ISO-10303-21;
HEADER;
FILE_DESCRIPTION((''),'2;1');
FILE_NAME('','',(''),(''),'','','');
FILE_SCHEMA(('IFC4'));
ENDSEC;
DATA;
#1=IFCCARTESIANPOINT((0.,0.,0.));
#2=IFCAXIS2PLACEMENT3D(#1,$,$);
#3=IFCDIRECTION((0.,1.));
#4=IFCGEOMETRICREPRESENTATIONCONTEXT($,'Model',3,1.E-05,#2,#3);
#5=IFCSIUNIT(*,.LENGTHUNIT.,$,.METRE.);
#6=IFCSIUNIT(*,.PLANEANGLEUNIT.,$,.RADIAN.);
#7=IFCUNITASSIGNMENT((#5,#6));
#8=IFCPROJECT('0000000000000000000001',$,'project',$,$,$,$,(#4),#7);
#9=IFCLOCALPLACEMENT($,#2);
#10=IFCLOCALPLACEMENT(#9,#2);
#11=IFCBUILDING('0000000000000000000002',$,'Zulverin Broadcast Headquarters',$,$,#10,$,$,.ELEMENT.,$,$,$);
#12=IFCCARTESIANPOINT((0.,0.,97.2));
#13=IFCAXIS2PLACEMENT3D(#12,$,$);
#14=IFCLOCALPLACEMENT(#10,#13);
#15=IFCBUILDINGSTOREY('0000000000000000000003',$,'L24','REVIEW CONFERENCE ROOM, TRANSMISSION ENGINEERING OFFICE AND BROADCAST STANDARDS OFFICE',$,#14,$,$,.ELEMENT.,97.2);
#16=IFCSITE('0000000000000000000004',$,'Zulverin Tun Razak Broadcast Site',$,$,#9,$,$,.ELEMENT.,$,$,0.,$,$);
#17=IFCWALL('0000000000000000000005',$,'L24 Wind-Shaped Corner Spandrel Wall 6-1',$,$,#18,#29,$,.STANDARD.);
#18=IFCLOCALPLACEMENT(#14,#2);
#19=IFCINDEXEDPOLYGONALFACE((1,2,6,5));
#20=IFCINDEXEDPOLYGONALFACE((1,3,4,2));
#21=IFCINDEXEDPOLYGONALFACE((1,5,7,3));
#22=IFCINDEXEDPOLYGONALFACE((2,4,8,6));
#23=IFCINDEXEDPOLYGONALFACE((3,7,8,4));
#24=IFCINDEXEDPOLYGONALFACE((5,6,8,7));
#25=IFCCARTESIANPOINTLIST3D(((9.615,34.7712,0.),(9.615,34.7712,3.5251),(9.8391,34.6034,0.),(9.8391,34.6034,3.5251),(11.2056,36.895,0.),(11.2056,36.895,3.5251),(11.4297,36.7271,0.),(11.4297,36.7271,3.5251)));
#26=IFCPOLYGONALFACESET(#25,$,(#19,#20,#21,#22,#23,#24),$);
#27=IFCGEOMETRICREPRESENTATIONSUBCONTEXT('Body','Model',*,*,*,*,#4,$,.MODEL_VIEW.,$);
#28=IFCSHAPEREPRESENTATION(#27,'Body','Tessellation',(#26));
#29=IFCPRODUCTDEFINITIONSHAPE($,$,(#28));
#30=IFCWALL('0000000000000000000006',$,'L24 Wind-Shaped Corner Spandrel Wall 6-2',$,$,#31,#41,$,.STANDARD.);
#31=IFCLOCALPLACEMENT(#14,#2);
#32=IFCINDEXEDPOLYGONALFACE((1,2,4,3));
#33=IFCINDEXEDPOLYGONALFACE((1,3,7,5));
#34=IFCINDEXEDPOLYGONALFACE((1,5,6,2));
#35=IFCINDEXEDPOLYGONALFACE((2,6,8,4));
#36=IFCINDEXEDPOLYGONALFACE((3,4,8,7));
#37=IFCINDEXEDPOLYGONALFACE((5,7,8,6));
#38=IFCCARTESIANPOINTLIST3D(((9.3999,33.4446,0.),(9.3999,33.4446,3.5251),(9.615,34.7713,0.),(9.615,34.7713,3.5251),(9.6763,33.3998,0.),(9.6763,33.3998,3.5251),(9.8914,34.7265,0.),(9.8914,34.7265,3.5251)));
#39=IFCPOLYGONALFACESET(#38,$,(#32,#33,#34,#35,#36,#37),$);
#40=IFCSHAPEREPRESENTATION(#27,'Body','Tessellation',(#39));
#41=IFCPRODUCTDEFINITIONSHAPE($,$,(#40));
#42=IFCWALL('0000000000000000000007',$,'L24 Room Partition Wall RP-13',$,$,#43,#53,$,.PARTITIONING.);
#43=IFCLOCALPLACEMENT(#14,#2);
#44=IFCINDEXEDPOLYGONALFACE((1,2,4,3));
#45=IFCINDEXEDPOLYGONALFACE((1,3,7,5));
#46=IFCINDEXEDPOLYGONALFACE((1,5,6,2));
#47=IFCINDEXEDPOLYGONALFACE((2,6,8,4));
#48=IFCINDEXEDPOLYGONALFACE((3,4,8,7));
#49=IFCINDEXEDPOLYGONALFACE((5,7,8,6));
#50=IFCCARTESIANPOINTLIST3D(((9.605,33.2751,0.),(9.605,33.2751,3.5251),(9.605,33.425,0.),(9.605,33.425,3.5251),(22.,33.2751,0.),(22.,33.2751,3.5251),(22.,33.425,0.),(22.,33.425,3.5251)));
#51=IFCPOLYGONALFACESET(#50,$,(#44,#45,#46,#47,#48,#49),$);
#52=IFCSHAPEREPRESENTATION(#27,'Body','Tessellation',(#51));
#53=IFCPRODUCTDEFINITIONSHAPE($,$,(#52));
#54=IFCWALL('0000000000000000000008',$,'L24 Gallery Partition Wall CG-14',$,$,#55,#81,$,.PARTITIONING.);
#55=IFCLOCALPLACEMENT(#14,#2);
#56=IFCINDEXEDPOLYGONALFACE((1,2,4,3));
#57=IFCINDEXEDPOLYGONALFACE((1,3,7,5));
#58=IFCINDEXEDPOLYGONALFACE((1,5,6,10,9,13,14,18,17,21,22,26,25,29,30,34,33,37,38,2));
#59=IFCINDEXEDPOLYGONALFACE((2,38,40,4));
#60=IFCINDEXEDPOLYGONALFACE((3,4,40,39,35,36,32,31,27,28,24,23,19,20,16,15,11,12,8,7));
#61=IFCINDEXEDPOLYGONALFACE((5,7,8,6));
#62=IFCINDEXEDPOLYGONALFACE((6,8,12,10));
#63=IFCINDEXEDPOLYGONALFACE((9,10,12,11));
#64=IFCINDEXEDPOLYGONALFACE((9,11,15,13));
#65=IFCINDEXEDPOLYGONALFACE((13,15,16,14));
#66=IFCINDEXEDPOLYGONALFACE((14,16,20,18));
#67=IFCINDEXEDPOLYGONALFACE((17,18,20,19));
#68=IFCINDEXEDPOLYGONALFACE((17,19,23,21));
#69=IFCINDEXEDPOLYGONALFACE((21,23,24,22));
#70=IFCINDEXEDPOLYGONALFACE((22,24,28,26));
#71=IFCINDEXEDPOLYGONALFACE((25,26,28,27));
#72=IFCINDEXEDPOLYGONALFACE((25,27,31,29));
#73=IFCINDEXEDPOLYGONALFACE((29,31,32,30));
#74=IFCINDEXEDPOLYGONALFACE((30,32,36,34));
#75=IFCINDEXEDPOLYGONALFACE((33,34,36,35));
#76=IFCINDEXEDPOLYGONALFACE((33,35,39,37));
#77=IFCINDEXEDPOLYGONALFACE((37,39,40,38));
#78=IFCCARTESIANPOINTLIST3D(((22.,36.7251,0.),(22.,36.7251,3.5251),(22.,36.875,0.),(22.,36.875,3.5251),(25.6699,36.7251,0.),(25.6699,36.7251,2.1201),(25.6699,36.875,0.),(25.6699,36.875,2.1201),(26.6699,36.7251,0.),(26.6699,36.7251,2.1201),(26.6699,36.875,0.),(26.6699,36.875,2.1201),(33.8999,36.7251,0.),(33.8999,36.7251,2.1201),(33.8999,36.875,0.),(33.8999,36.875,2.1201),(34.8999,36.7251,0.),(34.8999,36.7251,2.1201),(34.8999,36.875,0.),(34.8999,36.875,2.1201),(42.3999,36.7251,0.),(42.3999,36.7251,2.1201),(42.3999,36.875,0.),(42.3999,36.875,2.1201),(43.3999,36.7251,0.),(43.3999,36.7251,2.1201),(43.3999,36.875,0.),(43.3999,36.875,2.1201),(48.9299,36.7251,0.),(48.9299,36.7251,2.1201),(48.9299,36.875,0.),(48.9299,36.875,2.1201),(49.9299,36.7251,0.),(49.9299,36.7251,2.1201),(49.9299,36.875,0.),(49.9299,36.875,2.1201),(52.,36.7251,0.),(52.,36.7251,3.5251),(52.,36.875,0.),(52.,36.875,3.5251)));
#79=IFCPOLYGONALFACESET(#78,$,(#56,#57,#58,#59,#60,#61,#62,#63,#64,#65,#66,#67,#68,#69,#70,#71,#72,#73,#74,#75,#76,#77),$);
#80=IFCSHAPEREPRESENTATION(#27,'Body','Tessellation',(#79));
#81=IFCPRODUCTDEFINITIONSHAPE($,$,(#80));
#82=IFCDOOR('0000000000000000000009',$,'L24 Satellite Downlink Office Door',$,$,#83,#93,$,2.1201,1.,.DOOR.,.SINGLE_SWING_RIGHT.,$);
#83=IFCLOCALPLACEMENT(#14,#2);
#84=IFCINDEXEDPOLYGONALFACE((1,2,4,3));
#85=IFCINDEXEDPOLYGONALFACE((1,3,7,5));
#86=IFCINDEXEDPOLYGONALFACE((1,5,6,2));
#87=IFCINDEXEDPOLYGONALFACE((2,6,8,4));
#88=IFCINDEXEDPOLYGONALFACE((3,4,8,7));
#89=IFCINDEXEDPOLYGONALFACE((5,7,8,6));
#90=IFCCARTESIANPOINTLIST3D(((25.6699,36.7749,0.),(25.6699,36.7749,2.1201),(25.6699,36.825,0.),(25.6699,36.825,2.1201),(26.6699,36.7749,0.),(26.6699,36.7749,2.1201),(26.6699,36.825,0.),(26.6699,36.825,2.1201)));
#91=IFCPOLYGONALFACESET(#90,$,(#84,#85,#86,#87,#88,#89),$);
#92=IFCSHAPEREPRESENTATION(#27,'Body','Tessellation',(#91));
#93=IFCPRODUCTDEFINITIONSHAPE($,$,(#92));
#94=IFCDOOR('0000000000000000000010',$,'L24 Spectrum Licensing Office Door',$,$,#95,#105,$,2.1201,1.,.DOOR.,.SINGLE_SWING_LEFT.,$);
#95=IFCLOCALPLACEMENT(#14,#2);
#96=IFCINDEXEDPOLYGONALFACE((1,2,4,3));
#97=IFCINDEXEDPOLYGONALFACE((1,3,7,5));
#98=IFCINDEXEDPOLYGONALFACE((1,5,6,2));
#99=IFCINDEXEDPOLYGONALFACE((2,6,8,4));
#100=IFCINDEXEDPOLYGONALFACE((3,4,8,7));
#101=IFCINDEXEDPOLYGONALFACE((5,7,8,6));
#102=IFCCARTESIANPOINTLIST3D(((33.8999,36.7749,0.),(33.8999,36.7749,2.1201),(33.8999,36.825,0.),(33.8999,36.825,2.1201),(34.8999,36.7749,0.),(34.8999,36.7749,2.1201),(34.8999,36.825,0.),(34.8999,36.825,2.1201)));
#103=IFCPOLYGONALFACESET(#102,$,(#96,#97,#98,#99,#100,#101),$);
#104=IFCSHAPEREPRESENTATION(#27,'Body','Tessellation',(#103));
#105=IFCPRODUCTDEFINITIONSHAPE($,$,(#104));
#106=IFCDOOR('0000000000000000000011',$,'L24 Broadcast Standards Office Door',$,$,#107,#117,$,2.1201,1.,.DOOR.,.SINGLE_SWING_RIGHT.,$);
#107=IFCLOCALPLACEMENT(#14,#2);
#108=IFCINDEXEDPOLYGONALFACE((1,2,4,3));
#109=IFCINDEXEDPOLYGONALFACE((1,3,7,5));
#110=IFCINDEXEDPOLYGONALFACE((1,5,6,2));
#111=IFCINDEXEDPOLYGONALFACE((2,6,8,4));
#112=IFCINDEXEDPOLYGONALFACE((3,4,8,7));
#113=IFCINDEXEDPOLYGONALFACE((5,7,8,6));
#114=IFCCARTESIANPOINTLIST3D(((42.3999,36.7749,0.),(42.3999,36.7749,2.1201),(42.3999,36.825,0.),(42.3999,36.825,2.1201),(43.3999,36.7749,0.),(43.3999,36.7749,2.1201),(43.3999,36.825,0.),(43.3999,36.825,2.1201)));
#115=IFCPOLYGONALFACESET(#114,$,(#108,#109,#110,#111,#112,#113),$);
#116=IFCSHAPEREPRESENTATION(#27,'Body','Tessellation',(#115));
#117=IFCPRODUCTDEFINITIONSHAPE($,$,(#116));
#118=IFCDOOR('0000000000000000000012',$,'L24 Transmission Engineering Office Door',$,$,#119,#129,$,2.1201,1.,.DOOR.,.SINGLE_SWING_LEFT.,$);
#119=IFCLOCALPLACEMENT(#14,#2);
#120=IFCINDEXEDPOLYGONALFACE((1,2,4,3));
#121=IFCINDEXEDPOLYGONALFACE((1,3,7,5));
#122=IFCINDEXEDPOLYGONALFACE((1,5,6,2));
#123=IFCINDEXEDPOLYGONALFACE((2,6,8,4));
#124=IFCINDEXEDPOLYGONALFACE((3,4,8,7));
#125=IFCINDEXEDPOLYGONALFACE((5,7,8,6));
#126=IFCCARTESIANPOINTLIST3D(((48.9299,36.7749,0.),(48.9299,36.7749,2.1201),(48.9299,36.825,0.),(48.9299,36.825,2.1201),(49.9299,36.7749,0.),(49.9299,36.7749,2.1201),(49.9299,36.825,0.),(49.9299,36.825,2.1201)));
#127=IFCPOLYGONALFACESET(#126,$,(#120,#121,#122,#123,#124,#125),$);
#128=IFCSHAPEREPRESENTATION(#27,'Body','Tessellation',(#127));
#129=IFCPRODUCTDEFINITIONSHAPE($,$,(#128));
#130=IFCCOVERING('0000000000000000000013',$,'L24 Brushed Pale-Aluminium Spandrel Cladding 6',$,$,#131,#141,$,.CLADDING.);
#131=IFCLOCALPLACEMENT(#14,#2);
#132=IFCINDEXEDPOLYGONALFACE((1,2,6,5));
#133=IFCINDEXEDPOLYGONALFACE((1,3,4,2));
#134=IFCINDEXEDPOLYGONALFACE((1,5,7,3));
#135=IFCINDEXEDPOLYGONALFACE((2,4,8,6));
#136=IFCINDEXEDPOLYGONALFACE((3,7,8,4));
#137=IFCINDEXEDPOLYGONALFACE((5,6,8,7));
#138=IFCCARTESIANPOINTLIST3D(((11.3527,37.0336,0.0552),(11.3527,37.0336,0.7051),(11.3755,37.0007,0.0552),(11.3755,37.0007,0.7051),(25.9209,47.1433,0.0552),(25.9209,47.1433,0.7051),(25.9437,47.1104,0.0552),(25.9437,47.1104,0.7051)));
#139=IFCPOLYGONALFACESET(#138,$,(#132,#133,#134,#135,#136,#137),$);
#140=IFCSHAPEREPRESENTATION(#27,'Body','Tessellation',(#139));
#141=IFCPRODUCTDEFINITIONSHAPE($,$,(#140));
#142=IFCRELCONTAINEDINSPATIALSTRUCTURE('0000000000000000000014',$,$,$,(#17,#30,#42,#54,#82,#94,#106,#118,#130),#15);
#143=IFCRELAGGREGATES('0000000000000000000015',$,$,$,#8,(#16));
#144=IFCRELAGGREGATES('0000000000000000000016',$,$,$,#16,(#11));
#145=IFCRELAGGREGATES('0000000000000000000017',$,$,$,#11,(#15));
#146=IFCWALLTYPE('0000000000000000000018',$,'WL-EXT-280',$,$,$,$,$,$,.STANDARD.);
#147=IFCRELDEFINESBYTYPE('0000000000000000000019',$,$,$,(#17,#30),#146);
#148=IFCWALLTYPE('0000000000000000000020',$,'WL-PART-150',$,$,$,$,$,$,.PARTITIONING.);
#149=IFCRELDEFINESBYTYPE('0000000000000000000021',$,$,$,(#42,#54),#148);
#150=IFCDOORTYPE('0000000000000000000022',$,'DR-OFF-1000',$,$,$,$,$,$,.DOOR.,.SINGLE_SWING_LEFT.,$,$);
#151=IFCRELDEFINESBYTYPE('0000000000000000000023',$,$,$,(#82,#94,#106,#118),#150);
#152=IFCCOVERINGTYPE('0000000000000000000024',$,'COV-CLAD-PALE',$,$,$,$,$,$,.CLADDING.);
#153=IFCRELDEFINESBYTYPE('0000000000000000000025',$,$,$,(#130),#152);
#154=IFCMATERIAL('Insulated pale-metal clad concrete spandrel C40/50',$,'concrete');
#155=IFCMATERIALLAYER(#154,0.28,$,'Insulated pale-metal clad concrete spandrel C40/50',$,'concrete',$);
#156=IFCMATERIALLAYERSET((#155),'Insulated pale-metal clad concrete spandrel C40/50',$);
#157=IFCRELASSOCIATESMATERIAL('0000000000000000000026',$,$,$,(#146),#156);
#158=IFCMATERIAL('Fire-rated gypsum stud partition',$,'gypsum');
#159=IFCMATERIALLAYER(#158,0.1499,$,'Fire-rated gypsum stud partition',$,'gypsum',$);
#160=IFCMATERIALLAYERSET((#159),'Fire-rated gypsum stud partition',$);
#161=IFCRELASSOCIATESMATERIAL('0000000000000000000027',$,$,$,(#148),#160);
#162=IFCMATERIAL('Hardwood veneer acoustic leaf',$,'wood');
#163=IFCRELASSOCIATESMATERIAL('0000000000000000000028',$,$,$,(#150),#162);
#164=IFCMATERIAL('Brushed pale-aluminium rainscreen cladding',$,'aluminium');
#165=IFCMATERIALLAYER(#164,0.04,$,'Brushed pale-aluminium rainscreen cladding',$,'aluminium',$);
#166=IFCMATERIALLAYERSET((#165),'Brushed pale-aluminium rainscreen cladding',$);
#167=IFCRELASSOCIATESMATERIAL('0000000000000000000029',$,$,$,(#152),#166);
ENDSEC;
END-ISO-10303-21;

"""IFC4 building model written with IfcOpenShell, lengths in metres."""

from ifc_helpers import new_model, si_unit, direction, frame, frame_2d, origin, origin_2d, place, context, subcontext, project, spatial, rectangle, extrude, material, layer, layer_set, type_object, element, fill, save


model = new_model("IFC4")

# Units and contexts
model_context = context("Model", 3, precision=1e-05, world=origin(), true_north=direction((0.0, 1.0)))
body_context = subcontext(model_context, "Body", "Model", "MODEL_VIEW")
ifc_project = project(units=[si_unit("LENGTHUNIT", "METRE"), si_unit("PLANEANGLEUNIT", "RADIAN")], contexts=[model_context])

# Site, building, storey
site_placement = place(None, origin())
site = spatial("IfcSite", under=ifc_project, at=site_placement, Name="Zulverin Tun Razak Broadcast Site", CompositionType="ELEMENT", RefElevation=0.0)
building_placement = place(site_placement, origin())
building = spatial("IfcBuilding", under=site, at=building_placement, Name="Zulverin Broadcast Headquarters", CompositionType="ELEMENT")
storey_placement = place(building_placement, frame((0.0, 0.0, 97.2)))
storey = spatial("IfcBuildingStorey", under=building, at=storey_placement, Name="L24", Description="REVIEW CONFERENCE ROOM, TRANSMISSION ENGINEERING OFFICE AND BROADCAST STANDARDS OFFICE", CompositionType="ELEMENT", Elevation=97.2)

# Shared definitions
ifc_material_1 = material(Name="Insulated pale-metal clad concrete spandrel C40/50", Category="concrete")
ifc_layer_1 = layer(ifc_material_1, 0.28, Name="Insulated pale-metal clad concrete spandrel C40/50", Category="concrete")
ifc_layer_set_1 = layer_set([ifc_layer_1], Name="Insulated pale-metal clad concrete spandrel C40/50")
wall_type_1 = type_object("IfcWallType", Name="WL-EXT-280", PredefinedType="STANDARD", material=ifc_layer_set_1)

# Walls
wall_1_placement = place(storey_placement, frame((11.3176, 36.811, 0.0), z_axis=(0.0, 0.0, 1.0), x_axis=(-0.599455, -0.800408, 0.0)))
element("IfcWall", 1, at=wall_1_placement, inside=storey, type_object=wall_type_1, Name="L24 Wind-Shaped Corner Spandrel Wall 6-1", PredefinedType="STANDARD", context=body_context, shape_type="SweptSolid", body=[
    extrude(rectangle(XDim=2.6533, YDim=0.28, at=frame_2d((1.3267, 0.0))), origin(), (0.0, 0.0, 1.0), 3.5251),
])
wall_2_placement = place(storey_placement, frame((9.7532, 34.7488, 0.0), z_axis=(0.0, 0.0, 1.0), x_axis=(-0.160038, -0.987111, 0.0)))
element("IfcWall", 2, at=wall_2_placement, inside=storey, type_object=wall_type_1, Name="L24 Wind-Shaped Corner Spandrel Wall 6-2", PredefinedType="STANDARD", context=body_context, shape_type="SweptSolid", body=[
    extrude(rectangle(XDim=1.344, YDim=0.28, at=frame_2d((0.6719, 0.0))), origin(), (0.0, 0.0, 1.0), 3.5251),
])
ifc_material_2 = material(Name="Fire-rated gypsum stud partition", Category="gypsum")
ifc_layer_2 = layer(ifc_material_2, 0.1499, Name="Fire-rated gypsum stud partition", Category="gypsum")
ifc_layer_set_2 = layer_set([ifc_layer_2], Name="Fire-rated gypsum stud partition")
wall_type_2 = type_object("IfcWallType", Name="WL-PART-150", PredefinedType="PARTITIONING", material=ifc_layer_set_2)
wall_3_placement = place(storey_placement, frame((9.605, 33.3501, 0.0), z_axis=(0.0, 0.0, 1.0), x_axis=(1.0, 0.0, 0.0)))
element("IfcWall", 3, at=wall_3_placement, inside=storey, type_object=wall_type_2, Name="L24 Room Partition Wall RP-13", PredefinedType="PARTITIONING", context=body_context, shape_type="SweptSolid", body=[
    extrude(rectangle(XDim=12.395, YDim=0.1499, at=frame_2d((6.1975, 0.0))), origin(), (0.0, 0.0, 1.0), 3.5251),
])

# Wall, openings, doors
wall_4_placement = place(storey_placement, frame((22.0, 36.8, 0.0), z_axis=(0.0, 0.0, 1.0), x_axis=(1.0, 0.0, 0.0)))
wall_4 = element("IfcWall", 4, at=wall_4_placement, inside=storey, type_object=wall_type_2, Name="L24 Gallery Partition Wall CG-14", PredefinedType="PARTITIONING", context=body_context, shape_type="SweptSolid", body=[
    extrude(rectangle(XDim=30.0, YDim=0.1499, at=frame_2d((15.0, 0.0))), origin(), (0.0, 0.0, 1.0), 3.5251),
])
opening_1_placement = place(wall_4_placement, frame((3.6699, 0.0, 0.0)))
opening_1 = element("IfcOpeningElement", 5, at=opening_1_placement, cuts=wall_4, PredefinedType="OPENING", context=body_context, shape_type="SweptSolid", body=[
    extrude(rectangle(XDim=1.0, YDim=2.1201, at=frame_2d((0.5, 1.0601))), frame((0.0, 0.085, 0.0), z_axis=(0.0, -1.0, 0.0), x_axis=(1.0, 0.0, 0.0)), (0.0, 0.0, 1.0), 0.1699),
])
opening_2_placement = place(wall_4_placement, frame((11.8999, 0.0, 0.0)))
opening_2 = element("IfcOpeningElement", 6, at=opening_2_placement, cuts=wall_4, PredefinedType="OPENING", context=body_context, shape_type="SweptSolid", body=[
    extrude(rectangle(XDim=1.0, YDim=2.1201, at=frame_2d((0.5, 1.0601))), frame((0.0, 0.085, 0.0), z_axis=(0.0, -1.0, 0.0), x_axis=(1.0, 0.0, 0.0)), (0.0, 0.0, 1.0), 0.1699),
])
opening_3_placement = place(wall_4_placement, frame((20.3999, 0.0, 0.0)))
opening_3 = element("IfcOpeningElement", 7, at=opening_3_placement, cuts=wall_4, PredefinedType="OPENING", context=body_context, shape_type="SweptSolid", body=[
    extrude(rectangle(XDim=1.0, YDim=2.1201, at=frame_2d((0.5, 1.0601))), frame((0.0, 0.085, 0.0), z_axis=(0.0, -1.0, 0.0), x_axis=(1.0, 0.0, 0.0)), (0.0, 0.0, 1.0), 0.1699),
])
opening_4_placement = place(wall_4_placement, frame((26.9299, 0.0, 0.0)))
opening_4 = element("IfcOpeningElement", 8, at=opening_4_placement, cuts=wall_4, PredefinedType="OPENING", context=body_context, shape_type="SweptSolid", body=[
    extrude(rectangle(XDim=1.0, YDim=2.1201, at=frame_2d((0.5, 1.0601))), frame((0.0, 0.085, 0.0), z_axis=(0.0, -1.0, 0.0), x_axis=(1.0, 0.0, 0.0)), (0.0, 0.0, 1.0), 0.1699),
])
ifc_material_3 = material(Name="Hardwood veneer acoustic leaf", Category="wood")
door_type_1 = type_object("IfcDoorType", Name="DR-OFF-1000", OperationType="SINGLE_SWING_LEFT", PredefinedType="DOOR", material=ifc_material_3)
door_1_placement = place(opening_1_placement, origin())
door_1 = element("IfcDoor", 9, at=door_1_placement, inside=storey, type_object=door_type_1, Name="L24 Satellite Downlink Office Door", OperationType="SINGLE_SWING_RIGHT", OverallHeight=2.1201, OverallWidth=1.0, PredefinedType="DOOR", context=body_context, shape_type="SweptSolid", body=[
    extrude(rectangle(XDim=1.0, YDim=2.1201, at=frame_2d((0.5, 1.0601))), frame((0.0, 0.0249, 0.0), z_axis=(0.0, -1.0, 0.0), x_axis=(1.0, 0.0, 0.0)), (0.0, 0.0, 1.0), 0.05),
])
fill(opening_1, door_1)
door_2_placement = place(opening_2_placement, origin())
door_2 = element("IfcDoor", 10, at=door_2_placement, inside=storey, type_object=door_type_1, Name="L24 Spectrum Licensing Office Door", OperationType="SINGLE_SWING_LEFT", OverallHeight=2.1201, OverallWidth=1.0, PredefinedType="DOOR", context=body_context, shape_type="SweptSolid", body=[
    extrude(rectangle(XDim=1.0, YDim=2.1201, at=frame_2d((0.5, 1.0601))), frame((0.0, 0.0249, 0.0), z_axis=(0.0, -1.0, 0.0), x_axis=(1.0, 0.0, 0.0)), (0.0, 0.0, 1.0), 0.05),
])
fill(opening_2, door_2)
door_3_placement = place(opening_3_placement, origin())
door_3 = element("IfcDoor", 11, at=door_3_placement, inside=storey, type_object=door_type_1, Name="L24 Broadcast Standards Office Door", OperationType="SINGLE_SWING_RIGHT", OverallHeight=2.1201, OverallWidth=1.0, PredefinedType="DOOR", context=body_context, shape_type="SweptSolid", body=[
    extrude(rectangle(XDim=1.0, YDim=2.1201, at=frame_2d((0.5, 1.0601))), frame((0.0, 0.0249, 0.0), z_axis=(0.0, -1.0, 0.0), x_axis=(1.0, 0.0, 0.0)), (0.0, 0.0, 1.0), 0.05),
])
fill(opening_3, door_3)
door_4_placement = place(opening_4_placement, origin())
door_4 = element("IfcDoor", 12, at=door_4_placement, inside=storey, type_object=door_type_1, Name="L24 Transmission Engineering Office Door", OperationType="SINGLE_SWING_LEFT", OverallHeight=2.1201, OverallWidth=1.0, PredefinedType="DOOR", context=body_context, shape_type="SweptSolid", body=[
    extrude(rectangle(XDim=1.0, YDim=2.1201, at=frame_2d((0.5, 1.0601))), frame((0.0, 0.0249, 0.0), z_axis=(0.0, -1.0, 0.0), x_axis=(1.0, 0.0, 0.0)), (0.0, 0.0, 1.0), 0.05),
])
fill(opening_4, door_4)

# Covering
ifc_material_4 = material(Name="Brushed pale-aluminium rainscreen cladding", Category="aluminium")
ifc_layer_3 = layer(ifc_material_4, 0.04, Name="Brushed pale-aluminium rainscreen cladding", Category="aluminium")
ifc_layer_set_3 = layer_set([ifc_layer_3], Name="Brushed pale-aluminium rainscreen cladding")
covering_type = type_object("IfcCoveringType", Name="COV-CLAD-PALE", PredefinedType="CLADDING", material=ifc_layer_set_3)
covering_placement = place(storey_placement, frame((18.6482, 42.072, 0.0552), z_axis=(0.0, 0.0, 1.0), x_axis=(-0.821556, -0.570127, 0.0)))
element("IfcCovering", 13, at=covering_placement, inside=storey, type_object=covering_type, Name="L24 Brushed Pale-Aluminium Spandrel Cladding 6", PredefinedType="CLADDING", context=body_context, shape_type="SweptSolid", body=[
    extrude(rectangle(XDim=17.7324, YDim=0.04, at=origin_2d()), origin(), (0.0, 0.0, 1.0), 0.6499),
])

save(model, "model.ifc")
